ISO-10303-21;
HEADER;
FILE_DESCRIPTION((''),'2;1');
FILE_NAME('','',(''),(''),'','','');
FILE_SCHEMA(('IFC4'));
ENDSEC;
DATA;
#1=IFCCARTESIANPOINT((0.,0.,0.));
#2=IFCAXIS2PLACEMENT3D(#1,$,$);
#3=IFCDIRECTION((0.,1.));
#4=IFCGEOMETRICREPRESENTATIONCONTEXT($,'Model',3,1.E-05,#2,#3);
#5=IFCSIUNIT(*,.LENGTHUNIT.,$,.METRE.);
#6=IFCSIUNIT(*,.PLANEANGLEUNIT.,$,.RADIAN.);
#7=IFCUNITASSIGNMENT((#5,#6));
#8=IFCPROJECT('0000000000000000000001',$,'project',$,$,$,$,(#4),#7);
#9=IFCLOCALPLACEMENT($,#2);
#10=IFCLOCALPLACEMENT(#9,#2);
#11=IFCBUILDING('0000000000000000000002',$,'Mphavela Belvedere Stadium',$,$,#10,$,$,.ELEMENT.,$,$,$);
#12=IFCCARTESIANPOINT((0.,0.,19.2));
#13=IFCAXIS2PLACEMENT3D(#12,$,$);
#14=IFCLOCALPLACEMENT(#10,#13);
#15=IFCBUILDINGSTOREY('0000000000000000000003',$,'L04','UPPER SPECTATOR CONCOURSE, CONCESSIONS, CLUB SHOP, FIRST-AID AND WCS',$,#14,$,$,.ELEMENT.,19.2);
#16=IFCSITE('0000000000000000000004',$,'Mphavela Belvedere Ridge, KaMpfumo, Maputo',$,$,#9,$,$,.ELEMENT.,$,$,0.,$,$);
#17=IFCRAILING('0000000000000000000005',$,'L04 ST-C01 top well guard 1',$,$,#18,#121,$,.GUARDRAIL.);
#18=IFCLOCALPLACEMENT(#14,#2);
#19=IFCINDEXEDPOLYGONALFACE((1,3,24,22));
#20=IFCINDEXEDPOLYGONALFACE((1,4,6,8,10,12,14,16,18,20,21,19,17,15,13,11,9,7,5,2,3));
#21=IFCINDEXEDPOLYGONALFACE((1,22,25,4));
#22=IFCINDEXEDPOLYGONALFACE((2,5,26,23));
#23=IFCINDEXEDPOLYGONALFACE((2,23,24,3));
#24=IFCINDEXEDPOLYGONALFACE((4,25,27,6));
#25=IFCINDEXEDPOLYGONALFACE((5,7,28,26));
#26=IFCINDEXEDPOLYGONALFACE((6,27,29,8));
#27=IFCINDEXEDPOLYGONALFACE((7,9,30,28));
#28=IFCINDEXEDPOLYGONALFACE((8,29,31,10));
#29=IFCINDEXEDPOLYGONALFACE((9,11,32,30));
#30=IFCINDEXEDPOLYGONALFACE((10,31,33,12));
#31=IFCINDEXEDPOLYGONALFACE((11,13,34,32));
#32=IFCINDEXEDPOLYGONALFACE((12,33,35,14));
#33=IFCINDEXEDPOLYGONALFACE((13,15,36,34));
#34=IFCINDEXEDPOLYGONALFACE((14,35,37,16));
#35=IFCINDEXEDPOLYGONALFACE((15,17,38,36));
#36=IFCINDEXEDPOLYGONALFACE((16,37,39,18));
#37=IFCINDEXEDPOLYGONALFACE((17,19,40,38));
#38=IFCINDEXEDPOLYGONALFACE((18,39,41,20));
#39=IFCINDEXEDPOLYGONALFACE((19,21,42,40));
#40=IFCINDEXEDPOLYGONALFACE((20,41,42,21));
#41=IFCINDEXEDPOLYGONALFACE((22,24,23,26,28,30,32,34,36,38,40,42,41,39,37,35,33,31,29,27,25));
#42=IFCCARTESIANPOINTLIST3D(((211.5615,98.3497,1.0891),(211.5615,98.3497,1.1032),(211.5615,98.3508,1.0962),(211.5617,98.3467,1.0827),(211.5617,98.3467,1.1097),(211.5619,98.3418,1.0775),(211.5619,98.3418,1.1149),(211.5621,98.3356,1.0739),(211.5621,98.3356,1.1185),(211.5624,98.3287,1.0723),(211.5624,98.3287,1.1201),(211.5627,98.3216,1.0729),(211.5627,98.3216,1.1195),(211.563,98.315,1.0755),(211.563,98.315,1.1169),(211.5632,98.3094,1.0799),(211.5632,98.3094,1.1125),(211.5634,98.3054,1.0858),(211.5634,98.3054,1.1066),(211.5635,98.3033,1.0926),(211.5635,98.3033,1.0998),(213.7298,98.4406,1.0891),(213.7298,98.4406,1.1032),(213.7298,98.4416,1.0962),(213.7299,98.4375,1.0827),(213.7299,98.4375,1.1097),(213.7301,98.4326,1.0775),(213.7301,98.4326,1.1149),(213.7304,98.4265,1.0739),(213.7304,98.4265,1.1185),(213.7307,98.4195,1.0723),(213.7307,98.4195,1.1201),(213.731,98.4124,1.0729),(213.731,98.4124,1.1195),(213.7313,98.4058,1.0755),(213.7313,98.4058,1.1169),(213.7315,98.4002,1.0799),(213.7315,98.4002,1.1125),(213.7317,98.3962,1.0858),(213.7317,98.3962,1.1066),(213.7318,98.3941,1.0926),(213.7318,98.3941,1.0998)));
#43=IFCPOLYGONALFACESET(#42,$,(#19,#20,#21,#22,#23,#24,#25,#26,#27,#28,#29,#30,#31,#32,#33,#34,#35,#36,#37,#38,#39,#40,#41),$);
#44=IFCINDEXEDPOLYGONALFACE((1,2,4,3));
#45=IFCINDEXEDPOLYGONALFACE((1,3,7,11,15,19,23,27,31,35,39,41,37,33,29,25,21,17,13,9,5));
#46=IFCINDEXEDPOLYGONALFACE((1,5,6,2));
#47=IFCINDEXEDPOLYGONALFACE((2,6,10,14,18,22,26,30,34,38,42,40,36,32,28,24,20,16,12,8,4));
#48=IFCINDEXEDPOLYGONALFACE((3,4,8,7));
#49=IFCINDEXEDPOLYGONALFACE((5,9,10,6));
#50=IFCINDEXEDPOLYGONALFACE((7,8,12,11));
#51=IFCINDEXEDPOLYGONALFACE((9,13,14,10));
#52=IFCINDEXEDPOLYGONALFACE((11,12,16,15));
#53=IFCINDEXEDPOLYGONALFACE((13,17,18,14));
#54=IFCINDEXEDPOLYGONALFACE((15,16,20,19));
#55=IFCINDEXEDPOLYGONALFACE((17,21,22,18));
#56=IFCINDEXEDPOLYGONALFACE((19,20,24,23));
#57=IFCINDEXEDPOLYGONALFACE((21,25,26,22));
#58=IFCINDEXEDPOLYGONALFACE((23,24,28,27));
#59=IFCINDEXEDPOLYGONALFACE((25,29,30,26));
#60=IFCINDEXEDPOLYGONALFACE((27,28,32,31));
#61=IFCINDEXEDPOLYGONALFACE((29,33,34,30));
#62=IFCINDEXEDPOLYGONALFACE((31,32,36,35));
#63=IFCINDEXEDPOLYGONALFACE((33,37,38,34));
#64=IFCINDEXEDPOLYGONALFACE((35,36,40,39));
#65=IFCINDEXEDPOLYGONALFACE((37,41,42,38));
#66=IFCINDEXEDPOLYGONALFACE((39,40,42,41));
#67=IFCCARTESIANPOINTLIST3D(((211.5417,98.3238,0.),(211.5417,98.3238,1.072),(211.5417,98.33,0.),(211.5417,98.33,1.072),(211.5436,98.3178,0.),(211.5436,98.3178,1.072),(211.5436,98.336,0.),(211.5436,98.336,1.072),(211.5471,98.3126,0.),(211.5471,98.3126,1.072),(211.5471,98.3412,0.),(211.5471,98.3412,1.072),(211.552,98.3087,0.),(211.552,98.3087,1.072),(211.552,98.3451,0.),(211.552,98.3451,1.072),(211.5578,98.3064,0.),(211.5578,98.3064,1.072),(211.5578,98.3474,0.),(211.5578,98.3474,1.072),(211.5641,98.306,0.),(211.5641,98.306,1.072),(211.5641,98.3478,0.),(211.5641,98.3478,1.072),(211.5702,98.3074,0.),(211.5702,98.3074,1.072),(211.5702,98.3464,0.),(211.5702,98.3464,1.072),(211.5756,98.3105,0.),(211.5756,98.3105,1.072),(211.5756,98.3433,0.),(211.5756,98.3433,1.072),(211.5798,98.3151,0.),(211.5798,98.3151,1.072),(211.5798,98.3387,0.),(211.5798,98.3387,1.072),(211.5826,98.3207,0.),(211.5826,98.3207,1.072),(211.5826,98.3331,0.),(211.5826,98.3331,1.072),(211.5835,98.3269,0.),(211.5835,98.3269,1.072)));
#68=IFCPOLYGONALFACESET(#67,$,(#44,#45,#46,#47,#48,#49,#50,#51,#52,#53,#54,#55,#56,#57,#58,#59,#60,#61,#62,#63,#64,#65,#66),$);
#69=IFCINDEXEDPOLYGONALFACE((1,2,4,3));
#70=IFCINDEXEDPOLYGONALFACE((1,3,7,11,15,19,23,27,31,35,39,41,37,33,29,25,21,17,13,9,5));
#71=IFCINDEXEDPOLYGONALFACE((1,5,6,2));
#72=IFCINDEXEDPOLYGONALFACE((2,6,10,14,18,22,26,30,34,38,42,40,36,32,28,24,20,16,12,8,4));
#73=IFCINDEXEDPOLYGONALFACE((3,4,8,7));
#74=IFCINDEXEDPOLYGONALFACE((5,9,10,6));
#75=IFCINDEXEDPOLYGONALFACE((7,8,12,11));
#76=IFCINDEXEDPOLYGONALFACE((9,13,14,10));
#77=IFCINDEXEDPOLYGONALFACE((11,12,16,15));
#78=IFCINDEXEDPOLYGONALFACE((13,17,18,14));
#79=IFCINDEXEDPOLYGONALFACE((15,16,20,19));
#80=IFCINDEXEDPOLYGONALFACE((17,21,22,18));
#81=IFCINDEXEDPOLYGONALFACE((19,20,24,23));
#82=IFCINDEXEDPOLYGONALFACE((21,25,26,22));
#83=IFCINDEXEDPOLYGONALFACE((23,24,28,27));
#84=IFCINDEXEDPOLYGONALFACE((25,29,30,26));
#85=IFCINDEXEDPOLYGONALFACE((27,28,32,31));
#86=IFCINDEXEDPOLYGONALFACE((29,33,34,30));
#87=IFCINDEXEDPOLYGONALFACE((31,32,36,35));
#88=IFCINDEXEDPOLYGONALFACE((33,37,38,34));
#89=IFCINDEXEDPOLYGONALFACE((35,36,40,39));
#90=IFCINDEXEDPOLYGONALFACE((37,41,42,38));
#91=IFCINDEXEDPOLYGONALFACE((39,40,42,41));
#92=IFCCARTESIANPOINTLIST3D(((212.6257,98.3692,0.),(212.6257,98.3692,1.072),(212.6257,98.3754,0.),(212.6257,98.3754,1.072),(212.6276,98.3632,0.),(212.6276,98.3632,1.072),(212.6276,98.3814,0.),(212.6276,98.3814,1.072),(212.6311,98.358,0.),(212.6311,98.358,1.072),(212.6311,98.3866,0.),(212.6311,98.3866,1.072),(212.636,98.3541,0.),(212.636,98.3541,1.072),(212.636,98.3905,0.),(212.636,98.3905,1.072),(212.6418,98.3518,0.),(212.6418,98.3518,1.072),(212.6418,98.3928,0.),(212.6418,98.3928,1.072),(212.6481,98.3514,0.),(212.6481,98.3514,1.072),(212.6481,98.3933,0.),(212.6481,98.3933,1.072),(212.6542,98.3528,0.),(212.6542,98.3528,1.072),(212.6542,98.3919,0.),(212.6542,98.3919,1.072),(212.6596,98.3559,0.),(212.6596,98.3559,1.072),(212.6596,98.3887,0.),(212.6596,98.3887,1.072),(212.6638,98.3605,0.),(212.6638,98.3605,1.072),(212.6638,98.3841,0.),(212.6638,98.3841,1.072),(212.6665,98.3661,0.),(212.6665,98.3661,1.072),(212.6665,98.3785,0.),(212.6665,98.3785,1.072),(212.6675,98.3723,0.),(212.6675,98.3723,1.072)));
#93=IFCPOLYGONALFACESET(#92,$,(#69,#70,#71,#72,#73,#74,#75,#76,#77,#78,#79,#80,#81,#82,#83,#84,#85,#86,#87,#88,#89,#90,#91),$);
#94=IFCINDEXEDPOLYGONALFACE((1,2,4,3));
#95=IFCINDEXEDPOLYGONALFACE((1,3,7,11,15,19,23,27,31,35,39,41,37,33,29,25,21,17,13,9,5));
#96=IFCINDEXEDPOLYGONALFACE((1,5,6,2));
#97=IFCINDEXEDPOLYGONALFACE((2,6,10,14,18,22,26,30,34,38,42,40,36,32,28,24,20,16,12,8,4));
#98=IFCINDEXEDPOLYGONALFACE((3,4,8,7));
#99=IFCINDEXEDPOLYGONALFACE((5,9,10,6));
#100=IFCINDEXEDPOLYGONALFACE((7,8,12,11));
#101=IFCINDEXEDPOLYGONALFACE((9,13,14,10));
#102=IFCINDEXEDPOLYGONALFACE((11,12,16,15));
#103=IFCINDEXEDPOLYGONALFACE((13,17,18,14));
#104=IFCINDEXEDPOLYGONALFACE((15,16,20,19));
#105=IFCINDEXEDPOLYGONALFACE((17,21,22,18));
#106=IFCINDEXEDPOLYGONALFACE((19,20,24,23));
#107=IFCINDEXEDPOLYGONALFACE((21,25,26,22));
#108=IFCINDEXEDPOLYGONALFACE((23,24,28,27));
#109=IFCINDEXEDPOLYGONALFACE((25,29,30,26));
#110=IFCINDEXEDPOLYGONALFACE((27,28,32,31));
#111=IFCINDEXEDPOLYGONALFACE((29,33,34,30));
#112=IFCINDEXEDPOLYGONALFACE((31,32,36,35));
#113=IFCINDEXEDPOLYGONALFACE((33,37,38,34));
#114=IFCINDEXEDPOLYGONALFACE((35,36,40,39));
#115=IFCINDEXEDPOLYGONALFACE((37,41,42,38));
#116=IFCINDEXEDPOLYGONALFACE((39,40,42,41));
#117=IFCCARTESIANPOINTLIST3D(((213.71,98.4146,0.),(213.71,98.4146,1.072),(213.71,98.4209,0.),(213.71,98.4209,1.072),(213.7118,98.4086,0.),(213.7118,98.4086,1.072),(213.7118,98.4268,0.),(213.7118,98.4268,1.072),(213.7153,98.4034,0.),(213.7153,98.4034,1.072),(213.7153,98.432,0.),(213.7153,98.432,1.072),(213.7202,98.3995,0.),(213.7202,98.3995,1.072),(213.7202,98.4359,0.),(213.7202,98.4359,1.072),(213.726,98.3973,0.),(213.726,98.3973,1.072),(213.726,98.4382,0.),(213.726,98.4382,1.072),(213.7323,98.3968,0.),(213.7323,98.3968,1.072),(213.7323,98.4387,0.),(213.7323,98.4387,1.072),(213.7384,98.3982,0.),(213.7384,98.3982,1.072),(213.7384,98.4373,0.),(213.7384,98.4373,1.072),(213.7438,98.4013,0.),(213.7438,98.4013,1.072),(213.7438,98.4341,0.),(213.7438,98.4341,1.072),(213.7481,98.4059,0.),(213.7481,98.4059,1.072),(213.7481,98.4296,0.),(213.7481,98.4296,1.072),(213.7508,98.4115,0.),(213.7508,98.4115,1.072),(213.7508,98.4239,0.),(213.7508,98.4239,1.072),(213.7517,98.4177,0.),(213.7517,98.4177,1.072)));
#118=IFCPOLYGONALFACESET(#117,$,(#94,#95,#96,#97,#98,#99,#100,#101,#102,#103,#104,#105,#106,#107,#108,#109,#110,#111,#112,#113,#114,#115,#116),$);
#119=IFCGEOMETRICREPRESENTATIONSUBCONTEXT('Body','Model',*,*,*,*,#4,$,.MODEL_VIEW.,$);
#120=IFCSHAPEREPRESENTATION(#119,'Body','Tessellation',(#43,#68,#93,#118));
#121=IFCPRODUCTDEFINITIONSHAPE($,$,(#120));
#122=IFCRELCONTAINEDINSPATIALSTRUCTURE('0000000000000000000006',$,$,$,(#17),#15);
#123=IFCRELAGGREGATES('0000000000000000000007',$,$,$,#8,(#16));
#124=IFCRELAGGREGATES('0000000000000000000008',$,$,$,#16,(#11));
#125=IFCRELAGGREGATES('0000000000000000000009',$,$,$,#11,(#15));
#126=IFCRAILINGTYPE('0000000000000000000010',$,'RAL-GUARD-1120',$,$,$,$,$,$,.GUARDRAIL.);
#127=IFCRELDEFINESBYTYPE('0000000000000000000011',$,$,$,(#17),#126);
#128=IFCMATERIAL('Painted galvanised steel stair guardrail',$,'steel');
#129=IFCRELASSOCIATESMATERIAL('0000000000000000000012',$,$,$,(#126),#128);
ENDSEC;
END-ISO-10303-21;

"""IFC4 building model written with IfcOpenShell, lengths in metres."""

from ifc_helpers import new_model, si_unit, direction, frame, origin, origin_2d, place, context, subcontext, project, spatial, circle, extrude, material, type_object, element, save


model = new_model("IFC4")

# Units and contexts
model_context = context("Model", 3, precision=1e-05, world=origin(), true_north=direction((0.0, 1.0)))
body_context = subcontext(model_context, "Body", "Model", "MODEL_VIEW")
ifc_project = project(units=[si_unit("LENGTHUNIT", "METRE"), si_unit("PLANEANGLEUNIT", "RADIAN")], contexts=[model_context])

# Site, building, storey
site_placement = place(None, origin())
site = spatial("IfcSite", under=ifc_project, at=site_placement, Name="Mphavela Belvedere Ridge, KaMpfumo, Maputo", CompositionType="ELEMENT", RefElevation=0.0)
building_placement = place(site_placement, origin())
building = spatial("IfcBuilding", under=site, at=building_placement, Name="Mphavela Belvedere Stadium", CompositionType="ELEMENT")
storey_placement = place(building_placement, frame((0.0, 0.0, 19.2)))
storey = spatial("IfcBuildingStorey", under=building, at=storey_placement, Name="L04", Description="UPPER SPECTATOR CONCOURSE, CONCESSIONS, CLUB SHOP, FIRST-AID AND WCS", CompositionType="ELEMENT", Elevation=19.2)

# Railing
ifc_material_1 = material(Name="Painted galvanised steel stair guardrail", Category="steel")
railing_type = type_object("IfcRailingType", Name="RAL-GUARD-1120", PredefinedType="GUARDRAIL", material=ifc_material_1)
railing_placement = place(storey_placement, frame((211.5625, 98.3269, 0.0)))
element("IfcRailing", 1, at=railing_placement, inside=storey, type_object=railing_type, Name="L04 ST-C01 top well guard 1", PredefinedType="GUARDRAIL", context=body_context, shape_type="SweptSolid", body=[
    extrude(circle(Radius=0.0239, at=origin_2d()), frame((0.0, 0.0, 1.0962), z_axis=(0.999124, 0.04185, 0.0), x_axis=(-0.04185, 0.999124, 0.0)), (0.0, 0.0, 1.0), 2.1702),
    extrude(circle(Radius=0.021, at=origin_2d()), origin(), (0.0, 0.0, 1.0), 1.072),
    extrude(circle(Radius=0.021, at=origin_2d()), frame((1.084, 0.0454, 0.0)), (0.0, 0.0, 1.0), 1.072),
    extrude(circle(Radius=0.021, at=origin_2d()), frame((2.1682, 0.0908, 0.0)), (0.0, 0.0, 1.0), 1.072),
])

save(model, "model.ifc")
